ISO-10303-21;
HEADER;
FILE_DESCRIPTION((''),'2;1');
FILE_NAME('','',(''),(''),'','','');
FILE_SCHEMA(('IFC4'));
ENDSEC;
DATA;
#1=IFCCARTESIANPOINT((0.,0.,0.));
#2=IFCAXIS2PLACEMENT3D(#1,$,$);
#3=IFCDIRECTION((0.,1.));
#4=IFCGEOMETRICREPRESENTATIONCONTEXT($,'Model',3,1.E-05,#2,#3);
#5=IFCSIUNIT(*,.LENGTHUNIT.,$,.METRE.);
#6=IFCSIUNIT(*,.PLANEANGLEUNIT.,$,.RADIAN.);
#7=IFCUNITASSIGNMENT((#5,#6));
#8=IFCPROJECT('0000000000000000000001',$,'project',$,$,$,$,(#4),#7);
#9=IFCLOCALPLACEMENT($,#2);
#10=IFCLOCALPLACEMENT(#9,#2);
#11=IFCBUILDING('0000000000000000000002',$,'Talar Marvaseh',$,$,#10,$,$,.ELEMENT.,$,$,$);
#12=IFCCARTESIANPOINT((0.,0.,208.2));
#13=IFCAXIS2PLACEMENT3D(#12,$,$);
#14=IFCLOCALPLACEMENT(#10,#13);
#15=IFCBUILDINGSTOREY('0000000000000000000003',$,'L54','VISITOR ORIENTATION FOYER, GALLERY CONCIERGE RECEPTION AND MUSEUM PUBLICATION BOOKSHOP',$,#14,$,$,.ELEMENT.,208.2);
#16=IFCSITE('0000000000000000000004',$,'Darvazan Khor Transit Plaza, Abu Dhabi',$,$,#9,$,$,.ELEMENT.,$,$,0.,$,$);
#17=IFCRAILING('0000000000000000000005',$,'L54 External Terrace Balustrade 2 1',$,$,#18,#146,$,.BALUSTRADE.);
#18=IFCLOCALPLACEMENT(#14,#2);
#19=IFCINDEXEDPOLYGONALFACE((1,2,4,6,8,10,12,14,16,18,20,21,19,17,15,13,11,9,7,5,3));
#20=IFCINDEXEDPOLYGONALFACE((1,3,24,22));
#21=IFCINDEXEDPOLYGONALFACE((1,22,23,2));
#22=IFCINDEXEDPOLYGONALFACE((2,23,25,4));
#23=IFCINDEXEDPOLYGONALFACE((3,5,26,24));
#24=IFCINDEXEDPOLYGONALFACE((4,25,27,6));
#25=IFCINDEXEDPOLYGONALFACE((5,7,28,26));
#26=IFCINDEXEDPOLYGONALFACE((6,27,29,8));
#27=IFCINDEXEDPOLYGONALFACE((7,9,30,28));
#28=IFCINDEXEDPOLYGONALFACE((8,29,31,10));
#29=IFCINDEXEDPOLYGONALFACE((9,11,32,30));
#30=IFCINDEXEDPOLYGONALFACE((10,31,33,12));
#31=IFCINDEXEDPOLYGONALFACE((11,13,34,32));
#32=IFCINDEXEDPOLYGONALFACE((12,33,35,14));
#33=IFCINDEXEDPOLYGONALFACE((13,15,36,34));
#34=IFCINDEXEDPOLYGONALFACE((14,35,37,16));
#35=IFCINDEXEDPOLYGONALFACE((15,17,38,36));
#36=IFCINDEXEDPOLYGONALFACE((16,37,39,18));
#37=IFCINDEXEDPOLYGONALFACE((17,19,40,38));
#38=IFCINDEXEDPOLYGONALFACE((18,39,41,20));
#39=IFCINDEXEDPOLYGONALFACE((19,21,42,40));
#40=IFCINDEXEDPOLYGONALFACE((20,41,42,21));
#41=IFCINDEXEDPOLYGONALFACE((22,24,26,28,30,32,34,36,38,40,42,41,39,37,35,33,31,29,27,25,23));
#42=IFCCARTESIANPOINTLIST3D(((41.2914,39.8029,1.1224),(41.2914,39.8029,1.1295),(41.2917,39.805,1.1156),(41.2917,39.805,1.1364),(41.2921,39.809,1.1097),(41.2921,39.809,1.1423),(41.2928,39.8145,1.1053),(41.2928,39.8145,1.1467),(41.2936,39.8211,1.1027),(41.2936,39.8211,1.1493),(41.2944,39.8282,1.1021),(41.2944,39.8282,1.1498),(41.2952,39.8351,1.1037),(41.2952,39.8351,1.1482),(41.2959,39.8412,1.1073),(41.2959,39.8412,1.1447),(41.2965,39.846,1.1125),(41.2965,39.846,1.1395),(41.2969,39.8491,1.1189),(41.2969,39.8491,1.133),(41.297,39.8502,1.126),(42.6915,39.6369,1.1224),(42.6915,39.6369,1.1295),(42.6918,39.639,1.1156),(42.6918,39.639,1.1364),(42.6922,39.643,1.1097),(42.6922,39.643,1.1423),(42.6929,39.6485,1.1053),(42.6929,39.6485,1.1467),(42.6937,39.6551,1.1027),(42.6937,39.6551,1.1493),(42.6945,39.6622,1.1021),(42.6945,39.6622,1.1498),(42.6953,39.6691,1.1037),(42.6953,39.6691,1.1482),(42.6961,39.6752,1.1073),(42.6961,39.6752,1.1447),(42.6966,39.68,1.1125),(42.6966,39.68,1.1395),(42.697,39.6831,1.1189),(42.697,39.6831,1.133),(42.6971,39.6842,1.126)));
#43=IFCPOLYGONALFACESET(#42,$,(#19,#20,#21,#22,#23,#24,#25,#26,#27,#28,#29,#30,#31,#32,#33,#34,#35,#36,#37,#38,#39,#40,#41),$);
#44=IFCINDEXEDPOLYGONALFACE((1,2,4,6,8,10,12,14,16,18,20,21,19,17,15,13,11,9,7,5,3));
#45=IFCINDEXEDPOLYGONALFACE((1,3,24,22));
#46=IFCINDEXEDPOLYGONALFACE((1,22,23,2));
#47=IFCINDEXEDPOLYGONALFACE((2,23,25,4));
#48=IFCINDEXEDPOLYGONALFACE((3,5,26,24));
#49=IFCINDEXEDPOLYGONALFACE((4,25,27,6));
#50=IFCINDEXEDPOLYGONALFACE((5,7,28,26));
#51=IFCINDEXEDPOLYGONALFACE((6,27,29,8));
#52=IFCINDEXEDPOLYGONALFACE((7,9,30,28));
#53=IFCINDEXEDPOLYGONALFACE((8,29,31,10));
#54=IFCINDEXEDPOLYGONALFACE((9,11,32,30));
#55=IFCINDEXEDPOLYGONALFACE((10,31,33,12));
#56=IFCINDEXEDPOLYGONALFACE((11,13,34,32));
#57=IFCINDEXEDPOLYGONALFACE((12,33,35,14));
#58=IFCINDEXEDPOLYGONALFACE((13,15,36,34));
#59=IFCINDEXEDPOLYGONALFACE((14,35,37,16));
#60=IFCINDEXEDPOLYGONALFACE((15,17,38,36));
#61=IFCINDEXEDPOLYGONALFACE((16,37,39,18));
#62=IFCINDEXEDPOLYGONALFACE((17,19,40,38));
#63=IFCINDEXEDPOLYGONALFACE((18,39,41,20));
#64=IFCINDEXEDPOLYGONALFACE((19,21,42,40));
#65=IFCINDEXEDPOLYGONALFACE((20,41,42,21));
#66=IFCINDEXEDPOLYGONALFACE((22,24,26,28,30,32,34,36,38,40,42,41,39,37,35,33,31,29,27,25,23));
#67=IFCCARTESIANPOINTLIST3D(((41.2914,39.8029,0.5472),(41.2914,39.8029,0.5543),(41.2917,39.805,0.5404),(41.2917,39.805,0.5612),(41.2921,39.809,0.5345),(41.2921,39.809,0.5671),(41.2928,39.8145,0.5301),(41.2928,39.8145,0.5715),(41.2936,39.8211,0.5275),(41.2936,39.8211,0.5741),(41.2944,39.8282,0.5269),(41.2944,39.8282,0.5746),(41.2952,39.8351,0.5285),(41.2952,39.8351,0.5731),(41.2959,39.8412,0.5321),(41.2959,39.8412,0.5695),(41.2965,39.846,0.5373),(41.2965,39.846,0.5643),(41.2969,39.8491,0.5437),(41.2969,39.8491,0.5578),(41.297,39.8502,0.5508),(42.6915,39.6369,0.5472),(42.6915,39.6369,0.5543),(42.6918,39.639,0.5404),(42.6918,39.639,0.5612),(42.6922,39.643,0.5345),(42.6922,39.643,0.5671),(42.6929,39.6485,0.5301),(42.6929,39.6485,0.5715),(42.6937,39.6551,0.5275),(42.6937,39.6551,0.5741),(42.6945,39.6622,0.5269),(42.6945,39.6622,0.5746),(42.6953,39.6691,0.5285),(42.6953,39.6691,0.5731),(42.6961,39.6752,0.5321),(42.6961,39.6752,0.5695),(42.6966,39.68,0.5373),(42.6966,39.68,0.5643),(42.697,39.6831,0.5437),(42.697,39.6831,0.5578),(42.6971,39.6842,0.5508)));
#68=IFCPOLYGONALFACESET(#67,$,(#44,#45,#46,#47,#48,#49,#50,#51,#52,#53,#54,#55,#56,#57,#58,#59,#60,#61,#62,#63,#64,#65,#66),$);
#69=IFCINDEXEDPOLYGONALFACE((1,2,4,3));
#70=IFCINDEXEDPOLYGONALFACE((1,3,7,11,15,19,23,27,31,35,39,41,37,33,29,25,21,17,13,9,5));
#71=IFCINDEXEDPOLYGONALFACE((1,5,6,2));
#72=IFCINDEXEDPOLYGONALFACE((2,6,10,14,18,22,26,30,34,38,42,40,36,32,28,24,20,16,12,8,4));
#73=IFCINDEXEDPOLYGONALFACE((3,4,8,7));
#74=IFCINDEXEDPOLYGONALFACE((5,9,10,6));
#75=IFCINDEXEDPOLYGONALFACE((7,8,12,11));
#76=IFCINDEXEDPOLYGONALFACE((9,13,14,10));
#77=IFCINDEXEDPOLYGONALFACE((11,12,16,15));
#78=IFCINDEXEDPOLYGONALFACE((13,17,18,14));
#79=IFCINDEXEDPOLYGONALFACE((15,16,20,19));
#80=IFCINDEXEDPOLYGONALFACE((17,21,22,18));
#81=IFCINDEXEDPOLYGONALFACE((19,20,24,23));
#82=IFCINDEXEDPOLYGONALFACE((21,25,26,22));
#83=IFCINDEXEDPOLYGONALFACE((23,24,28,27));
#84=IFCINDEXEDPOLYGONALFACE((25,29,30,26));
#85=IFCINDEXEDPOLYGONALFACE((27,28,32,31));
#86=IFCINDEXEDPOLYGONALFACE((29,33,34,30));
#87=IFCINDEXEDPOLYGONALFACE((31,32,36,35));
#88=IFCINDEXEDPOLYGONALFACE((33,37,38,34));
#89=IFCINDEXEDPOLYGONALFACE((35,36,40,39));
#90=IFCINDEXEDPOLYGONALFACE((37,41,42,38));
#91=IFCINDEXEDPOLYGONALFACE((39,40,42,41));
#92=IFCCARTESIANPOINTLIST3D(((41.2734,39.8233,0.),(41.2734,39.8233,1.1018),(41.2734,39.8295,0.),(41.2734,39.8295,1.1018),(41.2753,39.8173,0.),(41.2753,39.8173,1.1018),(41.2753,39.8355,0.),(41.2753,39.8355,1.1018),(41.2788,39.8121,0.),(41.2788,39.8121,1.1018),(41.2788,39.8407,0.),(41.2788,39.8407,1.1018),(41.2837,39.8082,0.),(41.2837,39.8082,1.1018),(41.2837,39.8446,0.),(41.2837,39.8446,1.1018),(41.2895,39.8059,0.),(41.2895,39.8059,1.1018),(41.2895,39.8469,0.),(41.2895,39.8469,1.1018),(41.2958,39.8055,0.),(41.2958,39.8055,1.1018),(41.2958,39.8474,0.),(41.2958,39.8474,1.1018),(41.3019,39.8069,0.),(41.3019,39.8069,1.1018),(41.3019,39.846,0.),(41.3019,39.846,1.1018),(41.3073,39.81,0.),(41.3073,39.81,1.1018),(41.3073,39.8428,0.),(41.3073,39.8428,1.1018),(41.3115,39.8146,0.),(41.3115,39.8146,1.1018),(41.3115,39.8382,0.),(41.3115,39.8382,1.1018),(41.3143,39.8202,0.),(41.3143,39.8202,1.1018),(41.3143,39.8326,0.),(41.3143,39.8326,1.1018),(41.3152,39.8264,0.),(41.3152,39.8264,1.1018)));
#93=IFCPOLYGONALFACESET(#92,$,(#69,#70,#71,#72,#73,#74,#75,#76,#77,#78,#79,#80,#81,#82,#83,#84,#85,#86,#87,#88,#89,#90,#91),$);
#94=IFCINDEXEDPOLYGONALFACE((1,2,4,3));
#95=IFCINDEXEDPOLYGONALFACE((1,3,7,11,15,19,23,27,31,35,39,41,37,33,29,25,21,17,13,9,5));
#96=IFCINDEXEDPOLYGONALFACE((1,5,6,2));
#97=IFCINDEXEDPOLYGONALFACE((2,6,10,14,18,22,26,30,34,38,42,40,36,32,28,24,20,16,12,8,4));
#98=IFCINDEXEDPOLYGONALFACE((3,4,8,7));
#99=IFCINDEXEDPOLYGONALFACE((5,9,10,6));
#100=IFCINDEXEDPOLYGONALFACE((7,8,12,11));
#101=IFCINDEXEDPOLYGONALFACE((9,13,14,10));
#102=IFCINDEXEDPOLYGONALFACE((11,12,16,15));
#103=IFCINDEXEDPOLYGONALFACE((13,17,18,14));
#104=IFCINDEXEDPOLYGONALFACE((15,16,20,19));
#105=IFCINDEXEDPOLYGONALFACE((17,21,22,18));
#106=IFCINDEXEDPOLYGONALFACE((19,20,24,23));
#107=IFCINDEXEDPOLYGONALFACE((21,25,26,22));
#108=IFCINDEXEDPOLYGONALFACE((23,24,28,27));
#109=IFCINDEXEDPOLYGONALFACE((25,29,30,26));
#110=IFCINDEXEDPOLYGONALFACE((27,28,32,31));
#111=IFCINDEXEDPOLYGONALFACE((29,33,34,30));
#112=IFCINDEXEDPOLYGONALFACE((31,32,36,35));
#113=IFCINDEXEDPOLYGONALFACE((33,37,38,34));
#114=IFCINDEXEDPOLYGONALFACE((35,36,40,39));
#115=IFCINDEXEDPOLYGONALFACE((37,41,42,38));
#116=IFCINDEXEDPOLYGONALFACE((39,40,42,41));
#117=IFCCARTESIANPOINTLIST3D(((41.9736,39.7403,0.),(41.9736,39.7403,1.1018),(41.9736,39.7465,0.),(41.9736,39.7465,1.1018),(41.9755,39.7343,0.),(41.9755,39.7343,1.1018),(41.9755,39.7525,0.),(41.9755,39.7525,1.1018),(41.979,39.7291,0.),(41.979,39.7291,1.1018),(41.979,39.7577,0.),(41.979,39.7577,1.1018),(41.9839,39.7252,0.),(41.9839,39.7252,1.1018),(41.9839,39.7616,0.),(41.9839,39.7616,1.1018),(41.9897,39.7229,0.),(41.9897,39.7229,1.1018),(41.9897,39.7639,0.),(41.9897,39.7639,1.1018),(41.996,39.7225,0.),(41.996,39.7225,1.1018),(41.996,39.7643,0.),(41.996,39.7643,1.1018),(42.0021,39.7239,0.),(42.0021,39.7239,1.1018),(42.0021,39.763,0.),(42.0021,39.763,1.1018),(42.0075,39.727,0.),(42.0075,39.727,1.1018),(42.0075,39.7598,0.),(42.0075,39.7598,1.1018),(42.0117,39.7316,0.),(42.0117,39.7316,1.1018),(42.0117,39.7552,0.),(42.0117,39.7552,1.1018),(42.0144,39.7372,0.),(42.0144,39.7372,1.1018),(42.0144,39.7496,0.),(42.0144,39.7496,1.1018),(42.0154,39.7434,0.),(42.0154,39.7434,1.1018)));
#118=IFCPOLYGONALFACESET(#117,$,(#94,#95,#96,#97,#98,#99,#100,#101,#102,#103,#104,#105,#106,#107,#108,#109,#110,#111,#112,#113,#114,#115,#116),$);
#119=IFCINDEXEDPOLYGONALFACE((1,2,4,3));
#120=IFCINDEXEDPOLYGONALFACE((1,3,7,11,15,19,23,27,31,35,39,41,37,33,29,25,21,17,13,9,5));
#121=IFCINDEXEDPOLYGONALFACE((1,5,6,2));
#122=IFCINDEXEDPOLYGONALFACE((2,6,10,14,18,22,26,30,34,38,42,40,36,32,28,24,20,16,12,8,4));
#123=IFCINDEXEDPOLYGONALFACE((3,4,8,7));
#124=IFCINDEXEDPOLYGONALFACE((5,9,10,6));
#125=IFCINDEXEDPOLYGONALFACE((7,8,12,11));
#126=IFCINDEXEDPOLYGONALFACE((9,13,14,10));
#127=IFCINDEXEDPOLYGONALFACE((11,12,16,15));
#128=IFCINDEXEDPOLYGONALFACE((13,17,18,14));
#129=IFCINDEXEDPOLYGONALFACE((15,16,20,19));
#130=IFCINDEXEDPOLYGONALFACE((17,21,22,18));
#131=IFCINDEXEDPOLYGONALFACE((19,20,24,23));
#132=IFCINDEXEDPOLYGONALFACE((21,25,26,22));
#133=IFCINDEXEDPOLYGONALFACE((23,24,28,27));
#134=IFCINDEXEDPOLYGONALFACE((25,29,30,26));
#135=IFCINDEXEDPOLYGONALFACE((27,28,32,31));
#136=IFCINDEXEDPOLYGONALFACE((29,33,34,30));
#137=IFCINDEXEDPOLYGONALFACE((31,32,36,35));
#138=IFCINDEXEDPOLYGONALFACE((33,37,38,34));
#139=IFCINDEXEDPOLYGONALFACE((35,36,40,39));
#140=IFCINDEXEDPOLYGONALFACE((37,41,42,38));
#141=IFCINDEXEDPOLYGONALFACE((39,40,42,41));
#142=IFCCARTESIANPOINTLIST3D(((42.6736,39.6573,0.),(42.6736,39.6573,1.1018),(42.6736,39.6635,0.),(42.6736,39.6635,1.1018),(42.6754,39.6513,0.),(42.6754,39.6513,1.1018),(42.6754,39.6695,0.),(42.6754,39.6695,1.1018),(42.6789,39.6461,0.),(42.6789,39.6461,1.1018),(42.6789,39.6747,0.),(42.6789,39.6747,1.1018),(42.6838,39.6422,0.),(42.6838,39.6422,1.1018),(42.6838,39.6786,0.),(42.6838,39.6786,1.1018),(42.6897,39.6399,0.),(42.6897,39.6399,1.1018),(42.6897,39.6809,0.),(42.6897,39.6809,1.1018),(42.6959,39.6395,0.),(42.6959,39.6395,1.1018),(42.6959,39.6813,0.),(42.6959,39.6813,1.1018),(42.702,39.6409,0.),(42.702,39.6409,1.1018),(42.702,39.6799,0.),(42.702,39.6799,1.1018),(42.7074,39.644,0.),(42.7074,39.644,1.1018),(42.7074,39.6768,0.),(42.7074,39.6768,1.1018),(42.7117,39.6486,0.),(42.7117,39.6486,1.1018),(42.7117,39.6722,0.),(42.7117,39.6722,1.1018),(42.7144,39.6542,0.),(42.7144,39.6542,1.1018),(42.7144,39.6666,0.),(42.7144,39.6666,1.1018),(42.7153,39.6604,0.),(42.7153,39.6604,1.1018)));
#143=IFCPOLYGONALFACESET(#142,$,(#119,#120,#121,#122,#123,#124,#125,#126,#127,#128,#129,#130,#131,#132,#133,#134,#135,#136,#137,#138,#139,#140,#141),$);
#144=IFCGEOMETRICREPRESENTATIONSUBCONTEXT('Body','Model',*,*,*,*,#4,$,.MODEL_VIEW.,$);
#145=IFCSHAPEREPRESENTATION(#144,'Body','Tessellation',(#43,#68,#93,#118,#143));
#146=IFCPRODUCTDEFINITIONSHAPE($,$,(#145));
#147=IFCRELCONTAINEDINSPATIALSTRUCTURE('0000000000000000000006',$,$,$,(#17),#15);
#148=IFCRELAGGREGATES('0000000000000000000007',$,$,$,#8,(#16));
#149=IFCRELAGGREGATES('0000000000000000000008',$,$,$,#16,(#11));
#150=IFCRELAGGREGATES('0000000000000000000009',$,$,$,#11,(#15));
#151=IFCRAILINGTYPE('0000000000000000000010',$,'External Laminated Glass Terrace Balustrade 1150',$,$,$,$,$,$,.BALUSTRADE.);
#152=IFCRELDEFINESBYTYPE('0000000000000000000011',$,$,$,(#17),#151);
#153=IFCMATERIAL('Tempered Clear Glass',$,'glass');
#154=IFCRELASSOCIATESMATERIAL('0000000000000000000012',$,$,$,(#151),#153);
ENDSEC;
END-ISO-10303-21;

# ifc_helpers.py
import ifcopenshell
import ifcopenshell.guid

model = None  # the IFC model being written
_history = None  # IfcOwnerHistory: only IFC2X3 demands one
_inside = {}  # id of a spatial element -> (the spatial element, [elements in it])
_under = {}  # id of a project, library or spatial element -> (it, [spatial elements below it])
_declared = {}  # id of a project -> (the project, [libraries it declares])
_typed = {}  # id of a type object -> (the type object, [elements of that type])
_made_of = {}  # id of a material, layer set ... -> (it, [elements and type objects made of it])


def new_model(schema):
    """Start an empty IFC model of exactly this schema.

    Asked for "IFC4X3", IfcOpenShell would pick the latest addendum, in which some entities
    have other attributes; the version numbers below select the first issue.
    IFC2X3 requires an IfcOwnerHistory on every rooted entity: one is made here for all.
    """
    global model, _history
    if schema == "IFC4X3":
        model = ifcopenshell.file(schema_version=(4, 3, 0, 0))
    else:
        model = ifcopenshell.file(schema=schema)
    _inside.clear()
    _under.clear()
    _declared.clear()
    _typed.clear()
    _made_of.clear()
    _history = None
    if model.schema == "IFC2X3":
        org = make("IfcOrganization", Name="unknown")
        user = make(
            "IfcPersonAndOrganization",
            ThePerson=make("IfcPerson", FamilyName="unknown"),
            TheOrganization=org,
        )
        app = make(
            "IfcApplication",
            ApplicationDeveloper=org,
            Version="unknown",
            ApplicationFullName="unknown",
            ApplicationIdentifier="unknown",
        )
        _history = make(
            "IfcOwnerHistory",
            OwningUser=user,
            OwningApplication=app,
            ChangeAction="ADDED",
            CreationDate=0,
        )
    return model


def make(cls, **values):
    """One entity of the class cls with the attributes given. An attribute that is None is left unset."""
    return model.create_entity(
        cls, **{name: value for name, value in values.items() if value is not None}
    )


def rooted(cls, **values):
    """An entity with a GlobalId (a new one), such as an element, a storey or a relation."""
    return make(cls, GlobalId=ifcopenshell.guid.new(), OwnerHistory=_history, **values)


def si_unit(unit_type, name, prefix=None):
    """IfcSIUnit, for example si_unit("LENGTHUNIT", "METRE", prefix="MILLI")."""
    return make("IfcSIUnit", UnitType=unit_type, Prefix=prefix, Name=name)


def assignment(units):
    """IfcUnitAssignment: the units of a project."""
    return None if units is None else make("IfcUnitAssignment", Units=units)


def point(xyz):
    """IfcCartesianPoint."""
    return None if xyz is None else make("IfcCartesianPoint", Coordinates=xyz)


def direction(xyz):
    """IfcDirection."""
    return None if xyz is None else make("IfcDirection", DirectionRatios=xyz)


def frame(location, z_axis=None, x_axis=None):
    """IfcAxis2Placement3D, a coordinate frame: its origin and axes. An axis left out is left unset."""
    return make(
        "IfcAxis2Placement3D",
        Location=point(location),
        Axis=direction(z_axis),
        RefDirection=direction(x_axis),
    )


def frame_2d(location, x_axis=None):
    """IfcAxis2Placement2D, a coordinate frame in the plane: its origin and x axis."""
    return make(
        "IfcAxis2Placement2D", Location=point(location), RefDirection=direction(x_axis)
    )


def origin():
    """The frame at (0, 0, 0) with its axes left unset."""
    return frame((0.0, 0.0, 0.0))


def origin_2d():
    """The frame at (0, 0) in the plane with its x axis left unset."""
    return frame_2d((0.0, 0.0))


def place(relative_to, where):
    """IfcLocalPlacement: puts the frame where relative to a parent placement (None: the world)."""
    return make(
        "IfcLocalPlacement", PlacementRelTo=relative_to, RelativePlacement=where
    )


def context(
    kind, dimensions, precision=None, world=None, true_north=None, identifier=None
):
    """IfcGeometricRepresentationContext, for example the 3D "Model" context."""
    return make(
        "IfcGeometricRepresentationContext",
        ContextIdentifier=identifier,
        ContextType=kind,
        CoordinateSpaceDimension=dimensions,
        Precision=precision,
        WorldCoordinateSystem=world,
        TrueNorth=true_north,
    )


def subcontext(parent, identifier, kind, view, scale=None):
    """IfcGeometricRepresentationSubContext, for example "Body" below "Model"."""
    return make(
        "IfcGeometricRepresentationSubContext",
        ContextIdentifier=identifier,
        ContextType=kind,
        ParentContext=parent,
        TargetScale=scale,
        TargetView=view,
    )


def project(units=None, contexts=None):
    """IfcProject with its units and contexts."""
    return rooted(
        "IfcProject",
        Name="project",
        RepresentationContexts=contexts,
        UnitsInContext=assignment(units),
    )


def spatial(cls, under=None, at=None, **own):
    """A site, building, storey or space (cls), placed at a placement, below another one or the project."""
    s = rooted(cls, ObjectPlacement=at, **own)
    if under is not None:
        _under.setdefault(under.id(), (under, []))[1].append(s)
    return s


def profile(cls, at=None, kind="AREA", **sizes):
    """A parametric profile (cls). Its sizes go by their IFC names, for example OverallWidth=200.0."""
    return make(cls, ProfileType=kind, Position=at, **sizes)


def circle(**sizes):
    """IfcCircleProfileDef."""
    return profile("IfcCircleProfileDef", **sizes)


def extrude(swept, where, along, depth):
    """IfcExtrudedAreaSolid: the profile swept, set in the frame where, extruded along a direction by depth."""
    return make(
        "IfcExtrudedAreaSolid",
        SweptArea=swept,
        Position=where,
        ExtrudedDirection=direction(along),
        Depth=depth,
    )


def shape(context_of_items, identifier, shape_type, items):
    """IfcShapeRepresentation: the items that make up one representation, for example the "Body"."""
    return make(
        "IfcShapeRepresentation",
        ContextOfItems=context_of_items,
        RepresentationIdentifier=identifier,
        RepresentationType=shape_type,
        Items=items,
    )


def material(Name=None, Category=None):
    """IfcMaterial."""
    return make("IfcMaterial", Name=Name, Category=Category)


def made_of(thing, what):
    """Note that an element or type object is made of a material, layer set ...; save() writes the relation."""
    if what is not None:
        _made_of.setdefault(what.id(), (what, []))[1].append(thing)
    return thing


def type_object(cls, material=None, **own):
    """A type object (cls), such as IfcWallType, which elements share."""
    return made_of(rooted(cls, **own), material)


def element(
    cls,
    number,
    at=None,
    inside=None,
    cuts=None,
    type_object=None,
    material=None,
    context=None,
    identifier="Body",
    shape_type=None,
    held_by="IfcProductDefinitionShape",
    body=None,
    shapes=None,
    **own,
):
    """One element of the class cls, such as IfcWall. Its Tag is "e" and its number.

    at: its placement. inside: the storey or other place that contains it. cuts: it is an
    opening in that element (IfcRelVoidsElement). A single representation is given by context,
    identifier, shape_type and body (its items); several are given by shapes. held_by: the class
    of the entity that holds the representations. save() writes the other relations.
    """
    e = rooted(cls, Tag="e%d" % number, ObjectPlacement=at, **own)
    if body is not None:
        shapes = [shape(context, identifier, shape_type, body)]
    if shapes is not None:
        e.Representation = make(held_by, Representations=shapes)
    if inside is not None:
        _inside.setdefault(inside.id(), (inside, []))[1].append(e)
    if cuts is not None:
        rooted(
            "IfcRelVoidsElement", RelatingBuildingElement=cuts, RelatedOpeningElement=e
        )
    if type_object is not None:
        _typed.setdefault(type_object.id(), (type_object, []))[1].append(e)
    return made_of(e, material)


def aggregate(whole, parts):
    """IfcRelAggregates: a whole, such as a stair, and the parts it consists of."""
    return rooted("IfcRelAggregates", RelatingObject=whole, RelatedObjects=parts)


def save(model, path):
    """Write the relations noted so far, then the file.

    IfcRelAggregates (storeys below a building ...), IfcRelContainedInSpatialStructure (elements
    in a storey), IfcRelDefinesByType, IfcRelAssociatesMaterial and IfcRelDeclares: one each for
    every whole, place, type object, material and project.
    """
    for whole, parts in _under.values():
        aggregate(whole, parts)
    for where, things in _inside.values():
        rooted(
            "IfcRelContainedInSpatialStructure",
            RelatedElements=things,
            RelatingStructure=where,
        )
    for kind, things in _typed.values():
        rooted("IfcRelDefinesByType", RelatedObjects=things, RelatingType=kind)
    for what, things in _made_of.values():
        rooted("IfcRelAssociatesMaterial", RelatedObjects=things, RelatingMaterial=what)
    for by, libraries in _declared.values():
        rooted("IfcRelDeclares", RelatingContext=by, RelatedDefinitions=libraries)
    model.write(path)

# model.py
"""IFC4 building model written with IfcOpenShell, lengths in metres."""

from ifc_helpers import new_model, si_unit, direction, frame, origin, origin_2d, place, context, subcontext, project, spatial, circle, extrude, material, type_object, element, save


model = new_model("IFC4")

# Units and contexts
model_context = context("Model", 3, precision=1e-05, world=origin(), true_north=direction((0.0, 1.0)))
body_context = subcontext(model_context, "Body", "Model", "MODEL_VIEW")
ifc_project = project(units=[si_unit("LENGTHUNIT", "METRE"), si_unit("PLANEANGLEUNIT", "RADIAN")], contexts=[model_context])

# Site, building, storey
site_placement = place(None, origin())
site = spatial("IfcSite", under=ifc_project, at=site_placement, Name="Darvazan Khor Transit Plaza, Abu Dhabi", CompositionType="ELEMENT", RefElevation=0.0)
building_placement = place(site_placement, origin())
building = spatial("IfcBuilding", under=site, at=building_placement, Name="Talar Marvaseh", CompositionType="ELEMENT")
storey_placement = place(building_placement, frame((0.0, 0.0, 208.2)))
storey = spatial("IfcBuildingStorey", under=building, at=storey_placement, Name="L54", Description="VISITOR ORIENTATION FOYER, GALLERY CONCIERGE RECEPTION AND MUSEUM PUBLICATION BOOKSHOP", CompositionType="ELEMENT", Elevation=208.2)

# Railing
ifc_material_1 = material(Name="Tempered Clear Glass", Category="glass")
railing_type = type_object("IfcRailingType", Name="External Laminated Glass Terrace Balustrade 1150", PredefinedType="BALUSTRADE", material=ifc_material_1)
railing_1_placement = place(storey_placement, frame((41.2942, 39.8264, 0.0)))
element("IfcRailing", 1, at=railing_1_placement, inside=storey, type_object=railing_type, Name="L54 External Terrace Balustrade 2 1", PredefinedType="BALUSTRADE", context=body_context, shape_type="SweptSolid", body=[
    extrude(circle(Radius=0.0239, at=origin_2d()), frame((0.0, 0.0, 1.126), z_axis=(0.993044, -0.117745, 0.0), x_axis=(0.117745, 0.993044, 0.0)), (0.0, 0.0, 1.0), 1.4099),
    extrude(circle(Radius=0.0239, at=origin_2d()), frame((0.0, 0.0, 0.5508), z_axis=(0.993044, -0.117745, 0.0), x_axis=(0.117745, 0.993044, 0.0)), (0.0, 0.0, 1.0), 1.4099),
    extrude(circle(Radius=0.021, at=origin_2d()), origin(), (0.0, 0.0, 1.0), 1.1018),
    extrude(circle(Radius=0.021, at=origin_2d()), frame((0.7002, -0.083, 0.0)), (0.0, 0.0, 1.0), 1.1018),
    extrude(circle(Radius=0.021, at=origin_2d()), frame((1.4001, -0.166, 0.0)), (0.0, 0.0, 1.0), 1.1018),
])

save(model, "model.ifc")
